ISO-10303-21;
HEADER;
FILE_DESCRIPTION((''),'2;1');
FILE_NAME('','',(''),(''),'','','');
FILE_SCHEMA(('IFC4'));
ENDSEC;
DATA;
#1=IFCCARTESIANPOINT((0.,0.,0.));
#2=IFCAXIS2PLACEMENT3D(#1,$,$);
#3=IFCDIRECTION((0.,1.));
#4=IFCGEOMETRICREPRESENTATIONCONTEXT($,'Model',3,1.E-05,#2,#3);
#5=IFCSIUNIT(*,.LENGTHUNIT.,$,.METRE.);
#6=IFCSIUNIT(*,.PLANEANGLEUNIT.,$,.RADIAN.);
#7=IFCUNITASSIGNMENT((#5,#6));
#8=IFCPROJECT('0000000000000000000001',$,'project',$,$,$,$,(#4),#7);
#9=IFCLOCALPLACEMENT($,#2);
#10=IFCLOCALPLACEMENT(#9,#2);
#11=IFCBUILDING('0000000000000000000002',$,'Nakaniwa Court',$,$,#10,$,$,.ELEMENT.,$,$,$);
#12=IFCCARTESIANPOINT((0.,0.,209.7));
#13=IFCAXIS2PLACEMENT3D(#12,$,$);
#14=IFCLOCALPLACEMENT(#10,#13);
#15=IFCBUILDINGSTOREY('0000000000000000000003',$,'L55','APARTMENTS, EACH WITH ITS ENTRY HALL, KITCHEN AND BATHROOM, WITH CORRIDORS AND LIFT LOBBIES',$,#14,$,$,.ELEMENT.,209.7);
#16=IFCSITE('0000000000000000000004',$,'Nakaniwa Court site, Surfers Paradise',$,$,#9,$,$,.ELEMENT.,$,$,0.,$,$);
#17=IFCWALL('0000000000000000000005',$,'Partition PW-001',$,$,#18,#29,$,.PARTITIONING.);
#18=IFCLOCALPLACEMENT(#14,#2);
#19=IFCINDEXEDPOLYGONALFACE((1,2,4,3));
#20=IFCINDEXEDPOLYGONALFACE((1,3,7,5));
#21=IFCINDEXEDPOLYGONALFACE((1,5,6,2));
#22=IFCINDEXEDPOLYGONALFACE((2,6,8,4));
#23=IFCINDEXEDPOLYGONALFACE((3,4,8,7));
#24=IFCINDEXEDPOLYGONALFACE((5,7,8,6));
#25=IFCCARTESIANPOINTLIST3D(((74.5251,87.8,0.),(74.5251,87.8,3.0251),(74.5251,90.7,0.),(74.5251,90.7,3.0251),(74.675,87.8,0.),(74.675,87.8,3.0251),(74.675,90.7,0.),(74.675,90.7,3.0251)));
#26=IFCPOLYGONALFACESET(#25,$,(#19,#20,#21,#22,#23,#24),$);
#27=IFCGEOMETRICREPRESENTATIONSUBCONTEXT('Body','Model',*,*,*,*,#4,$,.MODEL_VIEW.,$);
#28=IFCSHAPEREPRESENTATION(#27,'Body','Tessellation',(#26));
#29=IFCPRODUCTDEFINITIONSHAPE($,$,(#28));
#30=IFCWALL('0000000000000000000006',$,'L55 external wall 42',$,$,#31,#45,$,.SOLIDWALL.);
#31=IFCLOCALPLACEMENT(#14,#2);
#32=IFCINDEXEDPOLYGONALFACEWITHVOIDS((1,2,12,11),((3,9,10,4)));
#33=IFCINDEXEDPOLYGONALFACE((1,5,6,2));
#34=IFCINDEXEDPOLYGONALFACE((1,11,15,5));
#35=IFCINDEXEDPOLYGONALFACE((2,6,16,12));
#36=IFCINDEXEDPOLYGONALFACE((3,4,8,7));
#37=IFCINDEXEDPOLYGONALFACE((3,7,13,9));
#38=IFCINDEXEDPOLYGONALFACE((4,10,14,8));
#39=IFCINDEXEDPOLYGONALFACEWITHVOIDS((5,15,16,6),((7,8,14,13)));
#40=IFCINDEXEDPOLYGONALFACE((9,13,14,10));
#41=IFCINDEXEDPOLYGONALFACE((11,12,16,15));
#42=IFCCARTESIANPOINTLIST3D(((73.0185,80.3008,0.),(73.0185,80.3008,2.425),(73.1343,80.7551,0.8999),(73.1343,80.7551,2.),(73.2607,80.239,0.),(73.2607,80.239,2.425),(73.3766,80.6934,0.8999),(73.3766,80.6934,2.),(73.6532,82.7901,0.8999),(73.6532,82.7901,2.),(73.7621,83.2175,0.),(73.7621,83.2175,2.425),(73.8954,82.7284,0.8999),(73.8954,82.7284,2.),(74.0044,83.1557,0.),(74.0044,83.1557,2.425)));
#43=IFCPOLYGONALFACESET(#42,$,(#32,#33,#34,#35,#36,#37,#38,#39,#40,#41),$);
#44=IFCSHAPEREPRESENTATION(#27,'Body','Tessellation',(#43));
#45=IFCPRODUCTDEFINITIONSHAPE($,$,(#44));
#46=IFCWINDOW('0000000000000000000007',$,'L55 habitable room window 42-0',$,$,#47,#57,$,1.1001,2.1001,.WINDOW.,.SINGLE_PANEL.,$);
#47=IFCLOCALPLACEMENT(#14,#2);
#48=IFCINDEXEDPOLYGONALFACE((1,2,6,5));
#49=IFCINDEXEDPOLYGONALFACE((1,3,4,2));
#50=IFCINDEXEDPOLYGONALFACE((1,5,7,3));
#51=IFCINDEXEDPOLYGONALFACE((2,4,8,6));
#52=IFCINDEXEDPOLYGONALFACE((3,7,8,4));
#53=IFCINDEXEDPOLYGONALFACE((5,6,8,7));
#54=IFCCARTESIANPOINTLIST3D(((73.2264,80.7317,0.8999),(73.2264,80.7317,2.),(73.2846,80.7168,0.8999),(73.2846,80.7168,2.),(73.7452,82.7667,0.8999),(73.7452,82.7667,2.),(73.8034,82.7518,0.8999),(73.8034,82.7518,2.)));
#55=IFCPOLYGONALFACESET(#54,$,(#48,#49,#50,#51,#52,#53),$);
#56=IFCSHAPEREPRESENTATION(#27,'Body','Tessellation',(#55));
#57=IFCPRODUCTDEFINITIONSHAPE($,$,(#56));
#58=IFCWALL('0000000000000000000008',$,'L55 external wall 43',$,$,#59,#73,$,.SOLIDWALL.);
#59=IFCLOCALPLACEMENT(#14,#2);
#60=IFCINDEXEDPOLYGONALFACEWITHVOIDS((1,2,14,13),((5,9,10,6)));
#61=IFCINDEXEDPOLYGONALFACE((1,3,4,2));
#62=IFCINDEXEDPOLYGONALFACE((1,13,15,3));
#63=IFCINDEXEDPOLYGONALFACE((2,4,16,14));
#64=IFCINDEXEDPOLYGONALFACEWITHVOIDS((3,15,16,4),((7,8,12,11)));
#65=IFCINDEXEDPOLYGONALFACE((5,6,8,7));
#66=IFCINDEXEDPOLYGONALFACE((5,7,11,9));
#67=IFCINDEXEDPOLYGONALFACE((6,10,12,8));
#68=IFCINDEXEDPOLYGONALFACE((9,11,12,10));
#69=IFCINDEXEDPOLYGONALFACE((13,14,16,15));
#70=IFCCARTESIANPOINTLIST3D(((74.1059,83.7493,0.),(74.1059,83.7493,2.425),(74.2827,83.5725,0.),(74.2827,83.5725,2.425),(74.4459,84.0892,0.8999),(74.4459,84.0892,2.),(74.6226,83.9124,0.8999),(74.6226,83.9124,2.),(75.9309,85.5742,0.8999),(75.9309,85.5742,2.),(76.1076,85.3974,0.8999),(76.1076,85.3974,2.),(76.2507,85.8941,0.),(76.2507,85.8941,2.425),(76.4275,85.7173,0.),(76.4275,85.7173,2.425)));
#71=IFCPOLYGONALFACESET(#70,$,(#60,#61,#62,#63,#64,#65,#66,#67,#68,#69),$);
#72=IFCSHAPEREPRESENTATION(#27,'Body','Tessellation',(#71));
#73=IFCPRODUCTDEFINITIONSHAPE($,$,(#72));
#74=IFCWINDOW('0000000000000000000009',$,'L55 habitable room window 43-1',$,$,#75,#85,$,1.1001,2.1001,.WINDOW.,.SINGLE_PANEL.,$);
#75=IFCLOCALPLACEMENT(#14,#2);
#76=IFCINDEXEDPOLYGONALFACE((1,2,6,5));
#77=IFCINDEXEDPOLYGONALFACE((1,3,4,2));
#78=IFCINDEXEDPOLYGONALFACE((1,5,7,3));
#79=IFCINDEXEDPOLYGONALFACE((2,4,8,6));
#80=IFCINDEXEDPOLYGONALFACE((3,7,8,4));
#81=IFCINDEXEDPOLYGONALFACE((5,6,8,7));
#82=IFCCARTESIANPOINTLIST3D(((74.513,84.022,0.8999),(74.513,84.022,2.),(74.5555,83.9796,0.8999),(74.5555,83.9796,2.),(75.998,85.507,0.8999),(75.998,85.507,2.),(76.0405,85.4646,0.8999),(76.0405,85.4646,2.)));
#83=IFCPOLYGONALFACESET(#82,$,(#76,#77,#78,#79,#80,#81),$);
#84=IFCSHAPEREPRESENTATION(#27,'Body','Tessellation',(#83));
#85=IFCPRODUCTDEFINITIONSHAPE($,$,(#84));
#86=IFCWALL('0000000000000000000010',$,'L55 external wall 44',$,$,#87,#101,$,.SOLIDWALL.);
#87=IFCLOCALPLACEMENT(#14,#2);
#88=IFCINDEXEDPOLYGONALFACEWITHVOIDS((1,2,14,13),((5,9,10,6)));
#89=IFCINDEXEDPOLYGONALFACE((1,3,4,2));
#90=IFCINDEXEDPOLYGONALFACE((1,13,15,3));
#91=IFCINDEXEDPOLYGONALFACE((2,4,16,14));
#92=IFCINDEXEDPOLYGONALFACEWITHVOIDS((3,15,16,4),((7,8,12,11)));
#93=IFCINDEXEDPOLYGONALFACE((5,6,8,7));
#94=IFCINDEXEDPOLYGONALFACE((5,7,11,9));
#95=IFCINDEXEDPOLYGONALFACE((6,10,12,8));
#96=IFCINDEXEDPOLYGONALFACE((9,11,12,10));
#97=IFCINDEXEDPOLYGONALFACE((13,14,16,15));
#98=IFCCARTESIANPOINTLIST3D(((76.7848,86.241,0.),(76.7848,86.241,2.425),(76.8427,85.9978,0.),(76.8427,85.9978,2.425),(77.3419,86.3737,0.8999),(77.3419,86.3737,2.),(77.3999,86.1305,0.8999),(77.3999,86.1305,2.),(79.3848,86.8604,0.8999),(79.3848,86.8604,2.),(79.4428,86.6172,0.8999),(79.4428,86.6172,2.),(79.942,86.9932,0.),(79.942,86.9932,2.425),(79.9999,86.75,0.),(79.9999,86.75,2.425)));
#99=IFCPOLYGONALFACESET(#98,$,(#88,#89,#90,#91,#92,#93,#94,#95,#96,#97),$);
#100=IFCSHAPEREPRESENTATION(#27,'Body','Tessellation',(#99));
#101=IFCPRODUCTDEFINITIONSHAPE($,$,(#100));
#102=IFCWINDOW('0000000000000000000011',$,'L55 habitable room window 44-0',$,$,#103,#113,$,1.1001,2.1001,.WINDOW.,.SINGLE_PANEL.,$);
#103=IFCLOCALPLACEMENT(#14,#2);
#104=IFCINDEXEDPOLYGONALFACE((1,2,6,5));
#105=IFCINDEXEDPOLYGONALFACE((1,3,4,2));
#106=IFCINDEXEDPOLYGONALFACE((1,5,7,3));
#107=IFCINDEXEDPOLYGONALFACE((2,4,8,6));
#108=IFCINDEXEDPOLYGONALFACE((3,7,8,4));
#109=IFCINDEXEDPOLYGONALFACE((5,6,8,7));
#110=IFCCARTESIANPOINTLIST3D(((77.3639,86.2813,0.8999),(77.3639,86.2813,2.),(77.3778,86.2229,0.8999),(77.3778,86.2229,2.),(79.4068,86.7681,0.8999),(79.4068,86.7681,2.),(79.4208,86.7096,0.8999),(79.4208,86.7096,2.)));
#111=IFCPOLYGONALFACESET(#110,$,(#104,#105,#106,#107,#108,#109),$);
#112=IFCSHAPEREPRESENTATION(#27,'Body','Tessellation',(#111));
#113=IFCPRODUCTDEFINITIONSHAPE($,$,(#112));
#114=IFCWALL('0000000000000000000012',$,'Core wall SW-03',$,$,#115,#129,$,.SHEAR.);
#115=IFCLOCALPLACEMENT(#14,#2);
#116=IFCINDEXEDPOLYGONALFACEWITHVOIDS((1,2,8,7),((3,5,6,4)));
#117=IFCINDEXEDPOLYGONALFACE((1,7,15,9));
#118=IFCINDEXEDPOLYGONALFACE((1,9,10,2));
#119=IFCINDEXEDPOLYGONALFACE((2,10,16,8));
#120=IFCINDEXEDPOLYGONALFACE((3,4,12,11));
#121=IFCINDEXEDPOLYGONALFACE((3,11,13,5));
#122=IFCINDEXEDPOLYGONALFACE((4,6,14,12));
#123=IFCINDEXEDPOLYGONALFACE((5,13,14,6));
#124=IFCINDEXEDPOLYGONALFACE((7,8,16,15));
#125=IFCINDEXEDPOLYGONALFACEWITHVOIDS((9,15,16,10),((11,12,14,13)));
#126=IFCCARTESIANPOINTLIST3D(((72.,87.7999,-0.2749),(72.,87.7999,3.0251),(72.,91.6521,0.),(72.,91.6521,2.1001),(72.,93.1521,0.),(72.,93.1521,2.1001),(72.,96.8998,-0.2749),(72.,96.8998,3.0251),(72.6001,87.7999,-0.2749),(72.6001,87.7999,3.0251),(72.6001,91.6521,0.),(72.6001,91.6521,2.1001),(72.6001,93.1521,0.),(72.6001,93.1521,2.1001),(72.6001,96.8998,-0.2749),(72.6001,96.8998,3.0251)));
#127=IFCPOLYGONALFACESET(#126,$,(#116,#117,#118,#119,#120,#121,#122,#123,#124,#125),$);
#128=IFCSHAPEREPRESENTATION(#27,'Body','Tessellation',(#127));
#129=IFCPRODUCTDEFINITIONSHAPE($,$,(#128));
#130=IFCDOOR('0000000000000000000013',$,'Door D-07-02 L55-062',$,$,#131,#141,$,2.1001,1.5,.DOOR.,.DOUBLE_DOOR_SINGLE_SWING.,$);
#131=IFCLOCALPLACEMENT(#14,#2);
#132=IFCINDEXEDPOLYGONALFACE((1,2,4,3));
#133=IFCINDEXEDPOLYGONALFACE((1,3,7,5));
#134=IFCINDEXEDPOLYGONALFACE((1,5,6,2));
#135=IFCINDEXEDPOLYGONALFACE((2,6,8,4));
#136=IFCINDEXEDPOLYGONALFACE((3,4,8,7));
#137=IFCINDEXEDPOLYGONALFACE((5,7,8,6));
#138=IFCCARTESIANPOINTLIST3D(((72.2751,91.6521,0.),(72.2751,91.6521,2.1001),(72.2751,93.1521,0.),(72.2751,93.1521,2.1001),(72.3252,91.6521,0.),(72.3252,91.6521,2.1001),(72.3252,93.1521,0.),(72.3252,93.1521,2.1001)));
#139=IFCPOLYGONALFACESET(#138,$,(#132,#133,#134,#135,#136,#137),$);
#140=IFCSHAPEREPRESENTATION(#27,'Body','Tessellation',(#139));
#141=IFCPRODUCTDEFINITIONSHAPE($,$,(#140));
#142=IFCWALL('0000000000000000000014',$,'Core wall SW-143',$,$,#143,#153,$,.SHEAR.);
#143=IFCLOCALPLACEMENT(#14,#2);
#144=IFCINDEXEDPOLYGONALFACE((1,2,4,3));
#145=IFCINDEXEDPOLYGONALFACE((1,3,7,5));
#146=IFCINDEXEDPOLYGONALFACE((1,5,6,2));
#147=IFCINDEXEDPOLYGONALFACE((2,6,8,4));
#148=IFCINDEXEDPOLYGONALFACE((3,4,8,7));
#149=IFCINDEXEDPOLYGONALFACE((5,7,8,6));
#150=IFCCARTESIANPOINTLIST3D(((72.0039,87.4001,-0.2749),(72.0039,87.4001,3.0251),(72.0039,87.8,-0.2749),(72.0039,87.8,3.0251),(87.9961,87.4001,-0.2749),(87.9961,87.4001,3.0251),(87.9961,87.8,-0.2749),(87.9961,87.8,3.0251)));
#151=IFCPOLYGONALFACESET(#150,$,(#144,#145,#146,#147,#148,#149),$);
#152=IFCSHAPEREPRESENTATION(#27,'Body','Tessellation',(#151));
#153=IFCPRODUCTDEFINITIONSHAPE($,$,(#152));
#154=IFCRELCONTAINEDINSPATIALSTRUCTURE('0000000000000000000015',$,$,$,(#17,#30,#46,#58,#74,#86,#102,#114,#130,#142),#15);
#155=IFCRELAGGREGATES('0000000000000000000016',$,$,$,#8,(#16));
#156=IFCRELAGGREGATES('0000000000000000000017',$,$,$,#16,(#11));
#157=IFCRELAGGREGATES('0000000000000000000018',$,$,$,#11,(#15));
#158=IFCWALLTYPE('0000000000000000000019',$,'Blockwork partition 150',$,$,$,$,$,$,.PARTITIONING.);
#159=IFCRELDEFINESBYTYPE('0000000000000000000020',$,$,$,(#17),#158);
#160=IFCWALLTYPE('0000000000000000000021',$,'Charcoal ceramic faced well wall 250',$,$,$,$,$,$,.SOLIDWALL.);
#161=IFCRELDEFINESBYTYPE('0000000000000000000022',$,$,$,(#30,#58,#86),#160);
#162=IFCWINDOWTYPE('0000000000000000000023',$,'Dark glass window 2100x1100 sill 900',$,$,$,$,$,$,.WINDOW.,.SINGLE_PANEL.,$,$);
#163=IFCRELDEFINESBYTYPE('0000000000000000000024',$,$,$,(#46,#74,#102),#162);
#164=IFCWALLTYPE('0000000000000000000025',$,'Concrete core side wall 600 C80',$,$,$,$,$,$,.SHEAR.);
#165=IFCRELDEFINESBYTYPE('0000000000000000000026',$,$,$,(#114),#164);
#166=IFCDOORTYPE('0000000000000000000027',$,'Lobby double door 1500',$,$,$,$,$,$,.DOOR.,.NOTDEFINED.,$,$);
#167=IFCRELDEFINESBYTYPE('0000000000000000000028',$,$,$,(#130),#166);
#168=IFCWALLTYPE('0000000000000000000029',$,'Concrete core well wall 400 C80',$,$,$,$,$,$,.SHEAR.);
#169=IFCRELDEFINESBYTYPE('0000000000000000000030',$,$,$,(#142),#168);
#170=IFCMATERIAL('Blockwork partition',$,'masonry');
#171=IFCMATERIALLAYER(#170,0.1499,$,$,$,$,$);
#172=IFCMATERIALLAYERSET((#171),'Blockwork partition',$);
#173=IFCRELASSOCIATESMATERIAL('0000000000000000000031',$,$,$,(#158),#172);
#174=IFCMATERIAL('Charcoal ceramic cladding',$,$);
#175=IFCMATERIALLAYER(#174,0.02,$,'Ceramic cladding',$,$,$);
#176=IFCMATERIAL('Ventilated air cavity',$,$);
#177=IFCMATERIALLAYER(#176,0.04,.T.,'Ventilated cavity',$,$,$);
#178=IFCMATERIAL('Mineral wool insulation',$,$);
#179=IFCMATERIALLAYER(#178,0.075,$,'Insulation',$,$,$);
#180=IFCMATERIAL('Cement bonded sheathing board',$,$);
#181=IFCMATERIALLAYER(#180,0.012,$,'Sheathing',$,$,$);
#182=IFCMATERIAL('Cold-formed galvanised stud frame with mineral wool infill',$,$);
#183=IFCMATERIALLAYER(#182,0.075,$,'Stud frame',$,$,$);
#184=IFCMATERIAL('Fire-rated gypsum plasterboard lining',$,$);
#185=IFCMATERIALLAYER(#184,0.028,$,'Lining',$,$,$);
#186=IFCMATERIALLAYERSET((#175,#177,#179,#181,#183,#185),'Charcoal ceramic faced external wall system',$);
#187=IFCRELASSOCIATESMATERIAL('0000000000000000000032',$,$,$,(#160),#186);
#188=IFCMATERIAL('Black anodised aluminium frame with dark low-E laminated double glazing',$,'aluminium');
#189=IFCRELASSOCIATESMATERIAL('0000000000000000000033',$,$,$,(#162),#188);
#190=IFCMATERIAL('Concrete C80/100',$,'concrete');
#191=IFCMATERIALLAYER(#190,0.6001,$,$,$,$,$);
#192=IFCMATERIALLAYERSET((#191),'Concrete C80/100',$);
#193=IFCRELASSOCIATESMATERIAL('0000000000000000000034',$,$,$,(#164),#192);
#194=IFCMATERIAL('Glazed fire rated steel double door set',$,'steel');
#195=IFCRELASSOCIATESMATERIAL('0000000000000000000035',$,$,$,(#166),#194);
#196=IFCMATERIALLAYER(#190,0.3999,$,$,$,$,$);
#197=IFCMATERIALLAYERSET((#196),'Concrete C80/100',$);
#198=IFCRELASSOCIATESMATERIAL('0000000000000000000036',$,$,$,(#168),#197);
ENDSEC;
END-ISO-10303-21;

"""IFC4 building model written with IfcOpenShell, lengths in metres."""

from ifc_helpers import new_model, si_unit, direction, frame, frame_2d, origin, place, context, subcontext, project, spatial, rectangle, extrude, material, layer, layer_set, type_object, element, fill, save


model = new_model("IFC4")

# Units and contexts
model_context = context("Model", 3, precision=1e-05, world=origin(), true_north=direction((0.0, 1.0)))
body_context = subcontext(model_context, "Body", "Model", "MODEL_VIEW")
ifc_project = project(units=[si_unit("LENGTHUNIT", "METRE"), si_unit("PLANEANGLEUNIT", "RADIAN")], contexts=[model_context])

# Site, building, storey
site_placement = place(None, origin())
site = spatial("IfcSite", under=ifc_project, at=site_placement, Name="Nakaniwa Court site, Surfers Paradise", CompositionType="ELEMENT", RefElevation=0.0)
building_placement = place(site_placement, origin())
building = spatial("IfcBuilding", under=site, at=building_placement, Name="Nakaniwa Court", CompositionType="ELEMENT")
storey_placement = place(building_placement, frame((0.0, 0.0, 209.7)))
storey = spatial("IfcBuildingStorey", under=building, at=storey_placement, Name="L55", Description="APARTMENTS, EACH WITH ITS ENTRY HALL, KITCHEN AND BATHROOM, WITH CORRIDORS AND LIFT LOBBIES", CompositionType="ELEMENT", Elevation=209.7)

# Shared definitions
ifc_material_1 = material(Name="Concrete C80/100", Category="concrete")

# Wall
ifc_material_2 = material(Name="Blockwork partition", Category="masonry")
ifc_layer_1 = layer(ifc_material_2, 0.1499)
ifc_layer_set_1 = layer_set([ifc_layer_1], Name="Blockwork partition")
wall_type_1 = type_object("IfcWallType", Name="Blockwork partition 150", PredefinedType="PARTITIONING", material=ifc_layer_set_1)
wall_1_placement = place(storey_placement, frame((74.6001, 87.8, 0.0), z_axis=(0.0, 0.0, 1.0), x_axis=(0.0, 1.0, 0.0)))
element("IfcWall", 1, at=wall_1_placement, inside=storey, type_object=wall_type_1, Name="Partition PW-001", PredefinedType="PARTITIONING", context=body_context, shape_type="SweptSolid", body=[
    extrude(rectangle(XDim=2.8999, YDim=0.1499, at=frame_2d((1.45, 0.0))), origin(), (0.0, 0.0, 1.0), 3.0251),
])

# Walls, openings, windows
ifc_material_3 = material(Name="Charcoal ceramic cladding")
ifc_layer_2 = layer(ifc_material_3, 0.02, Name="Ceramic cladding")
ifc_material_4 = material(Name="Ventilated air cavity")
ifc_layer_3 = layer(ifc_material_4, 0.04, ventilated=True, Name="Ventilated cavity")
ifc_material_5 = material(Name="Mineral wool insulation")
ifc_layer_4 = layer(ifc_material_5, 0.075, Name="Insulation")
ifc_material_6 = material(Name="Cement bonded sheathing board")
ifc_layer_5 = layer(ifc_material_6, 0.012, Name="Sheathing")
ifc_material_7 = material(Name="Cold-formed galvanised stud frame with mineral wool infill")
ifc_layer_6 = layer(ifc_material_7, 0.075, Name="Stud frame")
ifc_material_8 = material(Name="Fire-rated gypsum plasterboard lining")
ifc_layer_7 = layer(ifc_material_8, 0.028, Name="Lining")
ifc_layer_set_2 = layer_set([ifc_layer_2, ifc_layer_3, ifc_layer_4, ifc_layer_5, ifc_layer_6, ifc_layer_7], Name="Charcoal ceramic faced external wall system")
wall_type_2 = type_object("IfcWallType", Name="Charcoal ceramic faced well wall 250", PredefinedType="SOLIDWALL", material=ifc_layer_set_2)
wall_2_placement = place(storey_placement, frame((73.1396, 80.27, 0.0), z_axis=(0.0, 0.0, 1.0), x_axis=(0.247056, 0.969001, 0.0)))
wall_2 = element("IfcWall", 2, at=wall_2_placement, inside=storey, type_object=wall_type_2, Name="L55 external wall 42", PredefinedType="SOLIDWALL", context=body_context, shape_type="SweptSolid", body=[
    extrude(rectangle(XDim=3.01, YDim=0.25, at=frame_2d((1.5049, 0.0))), origin(), (0.0, 0.0, 1.0), 2.425),
])
opening_1_placement = place(wall_2_placement, frame((0.4688, 0.0, 0.8999)))
opening_1 = element("IfcOpeningElement", 3, at=opening_1_placement, cuts=wall_2, PredefinedType="OPENING", context=body_context, shape_type="SweptSolid", body=[
    extrude(rectangle(XDim=2.1001, YDim=1.1001, at=frame_2d((1.05, 0.55))), frame((0.0, 0.135, 0.0), z_axis=(0.0, -1.0, 0.0), x_axis=(1.0, 0.0, 0.0)), (0.0, 0.0, 1.0), 0.27),
])
ifc_material_9 = material(Name="Black anodised aluminium frame with dark low-E laminated double glazing", Category="aluminium")
window_type = type_object("IfcWindowType", Name="Dark glass window 2100x1100 sill 900", PartitioningType="SINGLE_PANEL", PredefinedType="WINDOW", material=ifc_material_9)
window_1_placement = place(opening_1_placement, origin())
window_1 = element("IfcWindow", 4, at=window_1_placement, inside=storey, type_object=window_type, Name="L55 habitable room window 42-0", OverallHeight=1.1001, OverallWidth=2.1001, PartitioningType="SINGLE_PANEL", PredefinedType="WINDOW", context=body_context, shape_type="SweptSolid", body=[
    extrude(rectangle(XDim=2.1001, YDim=1.1001, at=frame_2d((1.05, 0.55))), frame((0.0, 0.03, 0.0), z_axis=(0.0, -1.0, 0.0), x_axis=(1.0, 0.0, 0.0)), (0.0, 0.0, 1.0), 0.0601),
])
fill(opening_1, window_1)
wall_3_placement = place(storey_placement, frame((74.1943, 83.6609, 0.0), z_axis=(0.0, 0.0, 1.0), x_axis=(0.707107, 0.707107, 0.0)))
wall_3 = element("IfcWall", 5, at=wall_3_placement, inside=storey, type_object=wall_type_2, Name="L55 external wall 43", PredefinedType="SOLIDWALL", context=body_context, shape_type="SweptSolid", body=[
    extrude(rectangle(XDim=3.0332, YDim=0.25, at=frame_2d((1.5166, 0.0))), origin(), (0.0, 0.0, 1.0), 2.425),
])
opening_2_placement = place(wall_3_placement, frame((0.4807, 0.0, 0.8999)))
opening_2 = element("IfcOpeningElement", 6, at=opening_2_placement, cuts=wall_3, PredefinedType="OPENING", context=body_context, shape_type="SweptSolid", body=[
    extrude(rectangle(XDim=2.1001, YDim=1.1001, at=frame_2d((1.05, 0.55))), frame((0.0, 0.135, 0.0), z_axis=(0.0, -1.0, 0.0), x_axis=(1.0, 0.0, 0.0)), (0.0, 0.0, 1.0), 0.27),
])
window_2_placement = place(opening_2_placement, origin())
window_2 = element("IfcWindow", 7, at=window_2_placement, inside=storey, type_object=window_type, Name="L55 habitable room window 43-1", OverallHeight=1.1001, OverallWidth=2.1001, PartitioningType="SINGLE_PANEL", PredefinedType="WINDOW", context=body_context, shape_type="SweptSolid", body=[
    extrude(rectangle(XDim=2.1001, YDim=1.1001, at=frame_2d((1.05, 0.55))), frame((0.0, 0.03, 0.0), z_axis=(0.0, -1.0, 0.0), x_axis=(1.0, 0.0, 0.0)), (0.0, 0.0, 1.0), 0.0601),
])
fill(opening_2, window_2)
wall_4_placement = place(storey_placement, frame((76.8137, 86.1194, 0.0), z_axis=(0.0, 0.0, 1.0), x_axis=(0.972773, 0.23176, 0.0)))
wall_4 = element("IfcWall", 8, at=wall_4_placement, inside=storey, type_object=wall_type_2, Name="L55 external wall 44", PredefinedType="SOLIDWALL", context=body_context, shape_type="SweptSolid", body=[
    extrude(rectangle(XDim=3.2456, YDim=0.25, at=frame_2d((1.6228, 0.0))), origin(), (0.0, 0.0, 1.0), 2.425),
])
opening_3_placement = place(wall_4_placement, frame((0.5728, 0.0, 0.8999)))
opening_3 = element("IfcOpeningElement", 9, at=opening_3_placement, cuts=wall_4, PredefinedType="OPENING", context=body_context, shape_type="SweptSolid", body=[
    extrude(rectangle(XDim=2.1001, YDim=1.1001, at=frame_2d((1.05, 0.55))), frame((0.0, 0.135, 0.0), z_axis=(0.0, -1.0, 0.0), x_axis=(1.0, 0.0, 0.0)), (0.0, 0.0, 1.0), 0.27),
])
window_3_placement = place(opening_3_placement, origin())
window_3 = element("IfcWindow", 10, at=window_3_placement, inside=storey, type_object=window_type, Name="L55 habitable room window 44-0", OverallHeight=1.1001, OverallWidth=2.1001, PartitioningType="SINGLE_PANEL", PredefinedType="WINDOW", context=body_context, shape_type="SweptSolid", body=[
    extrude(rectangle(XDim=2.1001, YDim=1.1001, at=frame_2d((1.05, 0.55))), frame((0.0, 0.03, 0.0), z_axis=(0.0, -1.0, 0.0), x_axis=(1.0, 0.0, 0.0)), (0.0, 0.0, 1.0), 0.0601),
])
fill(opening_3, window_3)

# Wall, opening, door
ifc_layer_8 = layer(ifc_material_1, 0.6001)
ifc_layer_set_3 = layer_set([ifc_layer_8], Name="Concrete C80/100")
wall_type_3 = type_object("IfcWallType", Name="Concrete core side wall 600 C80", PredefinedType="SHEAR", material=ifc_layer_set_3)
wall_5_placement = place(storey_placement, frame((72.3, 87.8, -0.2749), z_axis=(0.0, 0.0, 1.0), x_axis=(0.0, 1.0, 0.0)))
wall_5 = element("IfcWall", 11, at=wall_5_placement, inside=storey, type_object=wall_type_3, Name="Core wall SW-03", PredefinedType="SHEAR", context=body_context, shape_type="SweptSolid", body=[
    extrude(rectangle(XDim=9.0999, YDim=0.6001, at=frame_2d((4.5498, 0.0))), origin(), (0.0, 0.0, 1.0), 3.3),
])
opening_4_placement = place(wall_5_placement, frame((3.8521, 0.0, 0.2749)))
opening_4 = element("IfcOpeningElement", 12, at=opening_4_placement, cuts=wall_5, PredefinedType="OPENING", context=body_context, shape_type="SweptSolid", body=[
    extrude(rectangle(XDim=1.5, YDim=2.1001, at=frame_2d((0.75, 1.05))), frame((0.0, 0.3101, 0.0), z_axis=(0.0, -1.0, 0.0), x_axis=(1.0, 0.0, 0.0)), (0.0, 0.0, 1.0), 0.6201),
])
ifc_material_10 = material(Name="Glazed fire rated steel double door set", Category="steel")
door_type_1 = type_object("IfcDoorType", Name="Lobby double door 1500", OperationType="NOTDEFINED", PredefinedType="DOOR", material=ifc_material_10)
door_1_placement = place(opening_4_placement, origin())
door_1 = element("IfcDoor", 13, at=door_1_placement, inside=storey, type_object=door_type_1, Name="Door D-07-02 L55-062", OperationType="DOUBLE_DOOR_SINGLE_SWING", OverallHeight=2.1001, OverallWidth=1.5, PredefinedType="DOOR", context=body_context, shape_type="SweptSolid", body=[
    extrude(rectangle(XDim=1.5, YDim=2.1001, at=frame_2d((0.75, 1.05))), frame((0.0, 0.0249, 0.0), z_axis=(0.0, -1.0, 0.0), x_axis=(1.0, 0.0, 0.0)), (0.0, 0.0, 1.0), 0.05),
])
fill(opening_4, door_1)

# Wall
ifc_layer_9 = layer(ifc_material_1, 0.3999)
ifc_layer_set_4 = layer_set([ifc_layer_9], Name="Concrete C80/100")
wall_type_4 = type_object("IfcWallType", Name="Concrete core well wall 400 C80", PredefinedType="SHEAR", material=ifc_layer_set_4)
wall_6_placement = place(storey_placement, frame((72.0039, 87.6001, -0.2749), z_axis=(0.0, 0.0, 1.0), x_axis=(1.0, 0.0, 0.0)))
element("IfcWall", 14, at=wall_6_placement, inside=storey, type_object=wall_type_4, Name="Core wall SW-143", PredefinedType="SHEAR", context=body_context, shape_type="SweptSolid", body=[
    extrude(rectangle(XDim=15.9922, YDim=0.3999, at=frame_2d((7.9961, 0.0))), origin(), (0.0, 0.0, 1.0), 3.3),
])

save(model, "model.ifc")
